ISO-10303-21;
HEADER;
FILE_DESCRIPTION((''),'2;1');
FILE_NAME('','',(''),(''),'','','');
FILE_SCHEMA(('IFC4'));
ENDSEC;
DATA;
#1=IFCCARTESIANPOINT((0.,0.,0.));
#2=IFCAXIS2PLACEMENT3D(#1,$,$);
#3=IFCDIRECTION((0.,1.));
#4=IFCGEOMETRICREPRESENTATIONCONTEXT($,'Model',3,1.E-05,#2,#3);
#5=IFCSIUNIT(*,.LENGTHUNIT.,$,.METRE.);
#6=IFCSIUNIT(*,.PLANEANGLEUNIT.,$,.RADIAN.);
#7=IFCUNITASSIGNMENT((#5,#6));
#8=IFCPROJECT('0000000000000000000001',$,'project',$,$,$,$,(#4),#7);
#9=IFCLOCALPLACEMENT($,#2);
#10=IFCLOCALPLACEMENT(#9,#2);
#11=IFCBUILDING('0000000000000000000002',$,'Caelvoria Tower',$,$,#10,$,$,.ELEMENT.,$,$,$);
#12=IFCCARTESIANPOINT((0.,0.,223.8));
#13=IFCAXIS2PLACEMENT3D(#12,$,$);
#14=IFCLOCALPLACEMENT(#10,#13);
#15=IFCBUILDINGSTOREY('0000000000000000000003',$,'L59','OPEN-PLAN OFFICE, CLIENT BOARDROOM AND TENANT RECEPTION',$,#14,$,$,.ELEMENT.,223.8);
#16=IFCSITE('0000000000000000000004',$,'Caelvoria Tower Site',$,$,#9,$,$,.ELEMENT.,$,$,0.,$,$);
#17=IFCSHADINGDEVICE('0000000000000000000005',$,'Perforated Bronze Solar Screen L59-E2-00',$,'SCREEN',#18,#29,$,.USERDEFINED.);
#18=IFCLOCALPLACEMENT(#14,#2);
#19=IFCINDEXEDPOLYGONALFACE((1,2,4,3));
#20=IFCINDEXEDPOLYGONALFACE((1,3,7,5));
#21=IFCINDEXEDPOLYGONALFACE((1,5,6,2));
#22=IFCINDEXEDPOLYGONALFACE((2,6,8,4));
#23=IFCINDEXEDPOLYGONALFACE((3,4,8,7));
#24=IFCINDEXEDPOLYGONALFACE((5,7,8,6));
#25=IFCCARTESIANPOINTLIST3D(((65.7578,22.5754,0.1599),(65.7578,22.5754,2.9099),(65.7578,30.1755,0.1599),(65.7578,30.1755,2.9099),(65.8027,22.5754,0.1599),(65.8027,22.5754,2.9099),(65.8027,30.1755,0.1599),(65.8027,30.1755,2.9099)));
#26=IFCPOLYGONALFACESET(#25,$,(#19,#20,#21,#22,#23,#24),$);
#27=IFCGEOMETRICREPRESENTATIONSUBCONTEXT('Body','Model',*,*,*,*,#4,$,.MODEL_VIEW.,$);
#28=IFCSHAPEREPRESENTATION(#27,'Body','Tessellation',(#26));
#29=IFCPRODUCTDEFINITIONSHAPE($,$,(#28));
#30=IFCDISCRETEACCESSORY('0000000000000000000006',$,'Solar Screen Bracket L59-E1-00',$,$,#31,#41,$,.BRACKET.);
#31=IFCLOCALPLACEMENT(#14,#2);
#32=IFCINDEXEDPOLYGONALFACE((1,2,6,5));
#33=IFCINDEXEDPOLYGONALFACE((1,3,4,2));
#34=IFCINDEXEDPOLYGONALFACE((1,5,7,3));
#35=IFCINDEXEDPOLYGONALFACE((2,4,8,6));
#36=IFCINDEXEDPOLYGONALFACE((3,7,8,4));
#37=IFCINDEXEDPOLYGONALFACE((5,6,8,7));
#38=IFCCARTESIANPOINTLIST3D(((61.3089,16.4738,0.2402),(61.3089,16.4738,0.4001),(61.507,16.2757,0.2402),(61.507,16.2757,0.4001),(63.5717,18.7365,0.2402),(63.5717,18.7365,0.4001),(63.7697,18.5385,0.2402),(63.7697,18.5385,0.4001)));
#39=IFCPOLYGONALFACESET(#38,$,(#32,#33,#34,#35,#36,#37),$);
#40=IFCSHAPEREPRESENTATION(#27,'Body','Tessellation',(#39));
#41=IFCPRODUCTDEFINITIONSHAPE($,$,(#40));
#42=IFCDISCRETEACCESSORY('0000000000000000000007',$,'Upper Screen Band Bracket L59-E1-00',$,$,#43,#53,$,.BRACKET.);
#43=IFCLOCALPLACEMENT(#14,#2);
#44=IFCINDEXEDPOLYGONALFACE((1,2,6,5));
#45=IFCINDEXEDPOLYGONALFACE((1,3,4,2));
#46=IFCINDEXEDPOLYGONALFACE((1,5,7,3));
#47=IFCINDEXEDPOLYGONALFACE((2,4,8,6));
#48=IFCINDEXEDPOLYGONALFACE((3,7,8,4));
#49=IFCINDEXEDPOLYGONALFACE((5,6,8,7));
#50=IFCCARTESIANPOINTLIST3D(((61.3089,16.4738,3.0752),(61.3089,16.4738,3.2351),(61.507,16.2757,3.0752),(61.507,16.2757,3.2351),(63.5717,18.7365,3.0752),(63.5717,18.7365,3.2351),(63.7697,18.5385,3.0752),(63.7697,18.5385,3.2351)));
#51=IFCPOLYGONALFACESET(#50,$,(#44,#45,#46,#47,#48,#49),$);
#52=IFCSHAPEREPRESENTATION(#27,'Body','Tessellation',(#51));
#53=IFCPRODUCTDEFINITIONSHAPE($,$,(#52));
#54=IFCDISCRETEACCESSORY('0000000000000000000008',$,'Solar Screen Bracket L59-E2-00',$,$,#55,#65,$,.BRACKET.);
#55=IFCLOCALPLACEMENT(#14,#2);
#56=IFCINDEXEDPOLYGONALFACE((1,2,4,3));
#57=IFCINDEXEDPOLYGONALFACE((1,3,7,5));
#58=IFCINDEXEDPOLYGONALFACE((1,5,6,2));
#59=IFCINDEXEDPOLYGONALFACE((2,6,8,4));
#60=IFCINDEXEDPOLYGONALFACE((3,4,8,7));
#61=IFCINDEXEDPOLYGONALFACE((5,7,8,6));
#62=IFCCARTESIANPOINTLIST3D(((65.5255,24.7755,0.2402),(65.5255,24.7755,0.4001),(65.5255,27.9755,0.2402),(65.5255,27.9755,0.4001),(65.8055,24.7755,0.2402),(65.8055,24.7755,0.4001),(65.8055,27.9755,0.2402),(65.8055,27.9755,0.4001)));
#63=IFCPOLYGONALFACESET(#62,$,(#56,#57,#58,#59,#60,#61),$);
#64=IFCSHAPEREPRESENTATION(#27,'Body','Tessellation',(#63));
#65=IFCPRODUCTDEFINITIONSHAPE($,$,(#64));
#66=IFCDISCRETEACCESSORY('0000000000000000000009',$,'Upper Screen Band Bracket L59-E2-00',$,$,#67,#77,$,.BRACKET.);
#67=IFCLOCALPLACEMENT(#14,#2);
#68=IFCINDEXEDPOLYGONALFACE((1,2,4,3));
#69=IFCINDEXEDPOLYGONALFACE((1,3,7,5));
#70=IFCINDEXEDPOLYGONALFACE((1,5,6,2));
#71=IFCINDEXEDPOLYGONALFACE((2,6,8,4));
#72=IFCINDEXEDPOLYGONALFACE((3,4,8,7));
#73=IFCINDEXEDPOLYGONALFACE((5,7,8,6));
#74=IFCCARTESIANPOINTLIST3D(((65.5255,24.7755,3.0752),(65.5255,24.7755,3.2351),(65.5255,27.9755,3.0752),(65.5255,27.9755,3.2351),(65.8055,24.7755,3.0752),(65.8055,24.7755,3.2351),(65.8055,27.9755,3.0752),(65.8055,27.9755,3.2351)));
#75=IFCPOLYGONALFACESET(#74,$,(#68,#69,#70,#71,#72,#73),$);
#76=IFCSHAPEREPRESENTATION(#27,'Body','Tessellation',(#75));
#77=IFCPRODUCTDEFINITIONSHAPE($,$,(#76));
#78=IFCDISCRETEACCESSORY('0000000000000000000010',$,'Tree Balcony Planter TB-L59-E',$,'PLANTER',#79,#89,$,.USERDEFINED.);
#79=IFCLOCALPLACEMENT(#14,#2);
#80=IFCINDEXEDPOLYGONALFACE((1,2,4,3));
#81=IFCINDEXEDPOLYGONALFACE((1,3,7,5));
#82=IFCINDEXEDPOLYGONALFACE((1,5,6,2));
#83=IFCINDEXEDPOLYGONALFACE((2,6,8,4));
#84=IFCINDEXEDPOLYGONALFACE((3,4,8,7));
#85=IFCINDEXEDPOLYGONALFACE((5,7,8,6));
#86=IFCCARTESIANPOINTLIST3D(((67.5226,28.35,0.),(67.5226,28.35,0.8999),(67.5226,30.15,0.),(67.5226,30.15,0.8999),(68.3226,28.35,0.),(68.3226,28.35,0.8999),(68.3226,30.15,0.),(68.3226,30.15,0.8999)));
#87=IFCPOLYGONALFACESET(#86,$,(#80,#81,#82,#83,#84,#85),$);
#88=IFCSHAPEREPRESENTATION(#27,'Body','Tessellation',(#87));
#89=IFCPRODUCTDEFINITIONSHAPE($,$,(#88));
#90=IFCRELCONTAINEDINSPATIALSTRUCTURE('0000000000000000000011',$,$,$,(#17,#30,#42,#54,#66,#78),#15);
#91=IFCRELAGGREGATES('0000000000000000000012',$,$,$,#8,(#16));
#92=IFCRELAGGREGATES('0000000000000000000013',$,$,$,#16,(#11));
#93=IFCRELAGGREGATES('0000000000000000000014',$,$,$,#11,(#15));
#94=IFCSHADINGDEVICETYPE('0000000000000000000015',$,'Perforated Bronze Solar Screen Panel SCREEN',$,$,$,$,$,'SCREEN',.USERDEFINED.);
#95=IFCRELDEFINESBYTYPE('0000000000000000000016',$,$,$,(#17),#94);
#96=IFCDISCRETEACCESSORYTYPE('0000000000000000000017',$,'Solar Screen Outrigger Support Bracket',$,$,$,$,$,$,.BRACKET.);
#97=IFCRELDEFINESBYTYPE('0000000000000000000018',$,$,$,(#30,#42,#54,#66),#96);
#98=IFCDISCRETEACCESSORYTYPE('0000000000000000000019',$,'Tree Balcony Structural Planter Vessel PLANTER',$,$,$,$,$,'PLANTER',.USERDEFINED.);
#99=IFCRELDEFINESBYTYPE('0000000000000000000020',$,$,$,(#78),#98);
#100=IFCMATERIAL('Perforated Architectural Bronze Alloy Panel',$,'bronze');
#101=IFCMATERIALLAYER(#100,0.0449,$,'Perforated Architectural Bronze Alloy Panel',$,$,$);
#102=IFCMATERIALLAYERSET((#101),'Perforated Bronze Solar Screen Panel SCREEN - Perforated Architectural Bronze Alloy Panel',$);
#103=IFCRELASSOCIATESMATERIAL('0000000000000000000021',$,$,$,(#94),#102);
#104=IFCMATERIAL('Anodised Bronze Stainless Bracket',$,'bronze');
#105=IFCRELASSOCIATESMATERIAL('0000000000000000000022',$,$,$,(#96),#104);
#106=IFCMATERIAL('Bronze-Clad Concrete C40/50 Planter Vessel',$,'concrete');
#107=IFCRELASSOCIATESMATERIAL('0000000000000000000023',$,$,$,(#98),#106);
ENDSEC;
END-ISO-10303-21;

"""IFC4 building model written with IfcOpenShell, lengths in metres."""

from ifc_helpers import new_model, si_unit, direction, frame, origin, origin_2d, place, context, subcontext, project, spatial, rectangle, extrude, material, layer, layer_set, type_object, element, save


model = new_model("IFC4")

# Units and contexts
model_context = context("Model", 3, precision=1e-05, world=origin(), true_north=direction((0.0, 1.0)))
body_context = subcontext(model_context, "Body", "Model", "MODEL_VIEW")
ifc_project = project(units=[si_unit("LENGTHUNIT", "METRE"), si_unit("PLANEANGLEUNIT", "RADIAN")], contexts=[model_context])

# Site, building, storey
site_placement = place(None, origin())
site = spatial("IfcSite", under=ifc_project, at=site_placement, Name="Caelvoria Tower Site", CompositionType="ELEMENT", RefElevation=0.0)
building_placement = place(site_placement, origin())
building = spatial("IfcBuilding", under=site, at=building_placement, Name="Caelvoria Tower", CompositionType="ELEMENT")
storey_placement = place(building_placement, frame((0.0, 0.0, 223.8)))
storey = spatial("IfcBuildingStorey", under=building, at=storey_placement, Name="L59", Description="OPEN-PLAN OFFICE, CLIENT BOARDROOM AND TENANT RECEPTION", CompositionType="ELEMENT", Elevation=223.8)

# Shading device
ifc_material_1 = material(Name="Perforated Architectural Bronze Alloy Panel", Category="bronze")
ifc_layer_1 = layer(ifc_material_1, 0.0449, Name="Perforated Architectural Bronze Alloy Panel")
ifc_layer_set_1 = layer_set([ifc_layer_1], Name="Perforated Bronze Solar Screen Panel SCREEN - Perforated Architectural Bronze Alloy Panel")
shading_device_type = type_object("IfcShadingDeviceType", Name="Perforated Bronze Solar Screen Panel SCREEN", ElementType="SCREEN", PredefinedType="USERDEFINED", material=ifc_layer_set_1)
shading_device_1_placement = place(storey_placement, frame((65.7803, 26.3755, 0.1599), z_axis=(0.0, 0.0, 1.0), x_axis=(0.0, 1.0, 0.0)))
element("IfcShadingDevice", 1, at=shading_device_1_placement, inside=storey, type_object=shading_device_type, Name="Perforated Bronze Solar Screen L59-E2-00", ObjectType="SCREEN", PredefinedType="USERDEFINED", context=body_context, shape_type="SweptSolid", body=[
    extrude(rectangle(XDim=7.6001, YDim=0.0449, at=origin_2d()), origin(), (0.0, 0.0, 1.0), 2.75),
])

# Discrete accessories
ifc_material_2 = material(Name="Anodised Bronze Stainless Bracket", Category="bronze")
discrete_accessory_type_1 = type_object("IfcDiscreteAccessoryType", Name="Solar Screen Outrigger Support Bracket", PredefinedType="BRACKET", material=ifc_material_2)
for number, where, z_axis, x_axis, name in (
    (2, (62.5393, 17.5061, 0.2402), (0.0, 0.0, 1.0), (0.707107, 0.707107, 0.0), "Solar Screen Bracket L59-E1-00"),
    (3, (62.5393, 17.5061, 3.0752), (0.0, 0.0, 1.0), (0.707107, 0.707107, 0.0), "Upper Screen Band Bracket L59-E1-00"),
    (4, (65.6655, 26.3755, 0.2402), (0.0, 0.0, 1.0), (0.0, 1.0, 0.0), "Solar Screen Bracket L59-E2-00"),
    (5, (65.6655, 26.3755, 3.0752), (0.0, 0.0, 1.0), (0.0, 1.0, 0.0), "Upper Screen Band Bracket L59-E2-00"),
):
    element("IfcDiscreteAccessory", number, at=place(storey_placement, frame(where, z_axis=z_axis, x_axis=x_axis)), inside=storey, type_object=discrete_accessory_type_1, Name=name, PredefinedType="BRACKET", context=body_context, shape_type="SweptSolid", body=[
        extrude(rectangle(XDim=3.2, YDim=0.28, at=origin_2d()), origin(), (0.0, 0.0, 1.0), 0.1599),
    ])
ifc_material_3 = material(Name="Bronze-Clad Concrete C40/50 Planter Vessel", Category="concrete")
discrete_accessory_type_2 = type_object("IfcDiscreteAccessoryType", Name="Tree Balcony Structural Planter Vessel PLANTER", ElementType="PLANTER", PredefinedType="USERDEFINED", material=ifc_material_3)
discrete_accessory_placement = place(storey_placement, frame((67.9226, 29.25, 0.0), z_axis=(0.0, 0.0, 1.0), x_axis=(0.0, 1.0, 0.0)))
element("IfcDiscreteAccessory", 6, at=discrete_accessory_placement, inside=storey, type_object=discrete_accessory_type_2, Name="Tree Balcony Planter TB-L59-E", ObjectType="PLANTER", PredefinedType="USERDEFINED", context=body_context, shape_type="SweptSolid", body=[
    extrude(rectangle(XDim=1.8, YDim=0.8, at=origin_2d()), origin(), (0.0, 0.0, 1.0), 0.8999),
])

save(model, "model.ifc")
